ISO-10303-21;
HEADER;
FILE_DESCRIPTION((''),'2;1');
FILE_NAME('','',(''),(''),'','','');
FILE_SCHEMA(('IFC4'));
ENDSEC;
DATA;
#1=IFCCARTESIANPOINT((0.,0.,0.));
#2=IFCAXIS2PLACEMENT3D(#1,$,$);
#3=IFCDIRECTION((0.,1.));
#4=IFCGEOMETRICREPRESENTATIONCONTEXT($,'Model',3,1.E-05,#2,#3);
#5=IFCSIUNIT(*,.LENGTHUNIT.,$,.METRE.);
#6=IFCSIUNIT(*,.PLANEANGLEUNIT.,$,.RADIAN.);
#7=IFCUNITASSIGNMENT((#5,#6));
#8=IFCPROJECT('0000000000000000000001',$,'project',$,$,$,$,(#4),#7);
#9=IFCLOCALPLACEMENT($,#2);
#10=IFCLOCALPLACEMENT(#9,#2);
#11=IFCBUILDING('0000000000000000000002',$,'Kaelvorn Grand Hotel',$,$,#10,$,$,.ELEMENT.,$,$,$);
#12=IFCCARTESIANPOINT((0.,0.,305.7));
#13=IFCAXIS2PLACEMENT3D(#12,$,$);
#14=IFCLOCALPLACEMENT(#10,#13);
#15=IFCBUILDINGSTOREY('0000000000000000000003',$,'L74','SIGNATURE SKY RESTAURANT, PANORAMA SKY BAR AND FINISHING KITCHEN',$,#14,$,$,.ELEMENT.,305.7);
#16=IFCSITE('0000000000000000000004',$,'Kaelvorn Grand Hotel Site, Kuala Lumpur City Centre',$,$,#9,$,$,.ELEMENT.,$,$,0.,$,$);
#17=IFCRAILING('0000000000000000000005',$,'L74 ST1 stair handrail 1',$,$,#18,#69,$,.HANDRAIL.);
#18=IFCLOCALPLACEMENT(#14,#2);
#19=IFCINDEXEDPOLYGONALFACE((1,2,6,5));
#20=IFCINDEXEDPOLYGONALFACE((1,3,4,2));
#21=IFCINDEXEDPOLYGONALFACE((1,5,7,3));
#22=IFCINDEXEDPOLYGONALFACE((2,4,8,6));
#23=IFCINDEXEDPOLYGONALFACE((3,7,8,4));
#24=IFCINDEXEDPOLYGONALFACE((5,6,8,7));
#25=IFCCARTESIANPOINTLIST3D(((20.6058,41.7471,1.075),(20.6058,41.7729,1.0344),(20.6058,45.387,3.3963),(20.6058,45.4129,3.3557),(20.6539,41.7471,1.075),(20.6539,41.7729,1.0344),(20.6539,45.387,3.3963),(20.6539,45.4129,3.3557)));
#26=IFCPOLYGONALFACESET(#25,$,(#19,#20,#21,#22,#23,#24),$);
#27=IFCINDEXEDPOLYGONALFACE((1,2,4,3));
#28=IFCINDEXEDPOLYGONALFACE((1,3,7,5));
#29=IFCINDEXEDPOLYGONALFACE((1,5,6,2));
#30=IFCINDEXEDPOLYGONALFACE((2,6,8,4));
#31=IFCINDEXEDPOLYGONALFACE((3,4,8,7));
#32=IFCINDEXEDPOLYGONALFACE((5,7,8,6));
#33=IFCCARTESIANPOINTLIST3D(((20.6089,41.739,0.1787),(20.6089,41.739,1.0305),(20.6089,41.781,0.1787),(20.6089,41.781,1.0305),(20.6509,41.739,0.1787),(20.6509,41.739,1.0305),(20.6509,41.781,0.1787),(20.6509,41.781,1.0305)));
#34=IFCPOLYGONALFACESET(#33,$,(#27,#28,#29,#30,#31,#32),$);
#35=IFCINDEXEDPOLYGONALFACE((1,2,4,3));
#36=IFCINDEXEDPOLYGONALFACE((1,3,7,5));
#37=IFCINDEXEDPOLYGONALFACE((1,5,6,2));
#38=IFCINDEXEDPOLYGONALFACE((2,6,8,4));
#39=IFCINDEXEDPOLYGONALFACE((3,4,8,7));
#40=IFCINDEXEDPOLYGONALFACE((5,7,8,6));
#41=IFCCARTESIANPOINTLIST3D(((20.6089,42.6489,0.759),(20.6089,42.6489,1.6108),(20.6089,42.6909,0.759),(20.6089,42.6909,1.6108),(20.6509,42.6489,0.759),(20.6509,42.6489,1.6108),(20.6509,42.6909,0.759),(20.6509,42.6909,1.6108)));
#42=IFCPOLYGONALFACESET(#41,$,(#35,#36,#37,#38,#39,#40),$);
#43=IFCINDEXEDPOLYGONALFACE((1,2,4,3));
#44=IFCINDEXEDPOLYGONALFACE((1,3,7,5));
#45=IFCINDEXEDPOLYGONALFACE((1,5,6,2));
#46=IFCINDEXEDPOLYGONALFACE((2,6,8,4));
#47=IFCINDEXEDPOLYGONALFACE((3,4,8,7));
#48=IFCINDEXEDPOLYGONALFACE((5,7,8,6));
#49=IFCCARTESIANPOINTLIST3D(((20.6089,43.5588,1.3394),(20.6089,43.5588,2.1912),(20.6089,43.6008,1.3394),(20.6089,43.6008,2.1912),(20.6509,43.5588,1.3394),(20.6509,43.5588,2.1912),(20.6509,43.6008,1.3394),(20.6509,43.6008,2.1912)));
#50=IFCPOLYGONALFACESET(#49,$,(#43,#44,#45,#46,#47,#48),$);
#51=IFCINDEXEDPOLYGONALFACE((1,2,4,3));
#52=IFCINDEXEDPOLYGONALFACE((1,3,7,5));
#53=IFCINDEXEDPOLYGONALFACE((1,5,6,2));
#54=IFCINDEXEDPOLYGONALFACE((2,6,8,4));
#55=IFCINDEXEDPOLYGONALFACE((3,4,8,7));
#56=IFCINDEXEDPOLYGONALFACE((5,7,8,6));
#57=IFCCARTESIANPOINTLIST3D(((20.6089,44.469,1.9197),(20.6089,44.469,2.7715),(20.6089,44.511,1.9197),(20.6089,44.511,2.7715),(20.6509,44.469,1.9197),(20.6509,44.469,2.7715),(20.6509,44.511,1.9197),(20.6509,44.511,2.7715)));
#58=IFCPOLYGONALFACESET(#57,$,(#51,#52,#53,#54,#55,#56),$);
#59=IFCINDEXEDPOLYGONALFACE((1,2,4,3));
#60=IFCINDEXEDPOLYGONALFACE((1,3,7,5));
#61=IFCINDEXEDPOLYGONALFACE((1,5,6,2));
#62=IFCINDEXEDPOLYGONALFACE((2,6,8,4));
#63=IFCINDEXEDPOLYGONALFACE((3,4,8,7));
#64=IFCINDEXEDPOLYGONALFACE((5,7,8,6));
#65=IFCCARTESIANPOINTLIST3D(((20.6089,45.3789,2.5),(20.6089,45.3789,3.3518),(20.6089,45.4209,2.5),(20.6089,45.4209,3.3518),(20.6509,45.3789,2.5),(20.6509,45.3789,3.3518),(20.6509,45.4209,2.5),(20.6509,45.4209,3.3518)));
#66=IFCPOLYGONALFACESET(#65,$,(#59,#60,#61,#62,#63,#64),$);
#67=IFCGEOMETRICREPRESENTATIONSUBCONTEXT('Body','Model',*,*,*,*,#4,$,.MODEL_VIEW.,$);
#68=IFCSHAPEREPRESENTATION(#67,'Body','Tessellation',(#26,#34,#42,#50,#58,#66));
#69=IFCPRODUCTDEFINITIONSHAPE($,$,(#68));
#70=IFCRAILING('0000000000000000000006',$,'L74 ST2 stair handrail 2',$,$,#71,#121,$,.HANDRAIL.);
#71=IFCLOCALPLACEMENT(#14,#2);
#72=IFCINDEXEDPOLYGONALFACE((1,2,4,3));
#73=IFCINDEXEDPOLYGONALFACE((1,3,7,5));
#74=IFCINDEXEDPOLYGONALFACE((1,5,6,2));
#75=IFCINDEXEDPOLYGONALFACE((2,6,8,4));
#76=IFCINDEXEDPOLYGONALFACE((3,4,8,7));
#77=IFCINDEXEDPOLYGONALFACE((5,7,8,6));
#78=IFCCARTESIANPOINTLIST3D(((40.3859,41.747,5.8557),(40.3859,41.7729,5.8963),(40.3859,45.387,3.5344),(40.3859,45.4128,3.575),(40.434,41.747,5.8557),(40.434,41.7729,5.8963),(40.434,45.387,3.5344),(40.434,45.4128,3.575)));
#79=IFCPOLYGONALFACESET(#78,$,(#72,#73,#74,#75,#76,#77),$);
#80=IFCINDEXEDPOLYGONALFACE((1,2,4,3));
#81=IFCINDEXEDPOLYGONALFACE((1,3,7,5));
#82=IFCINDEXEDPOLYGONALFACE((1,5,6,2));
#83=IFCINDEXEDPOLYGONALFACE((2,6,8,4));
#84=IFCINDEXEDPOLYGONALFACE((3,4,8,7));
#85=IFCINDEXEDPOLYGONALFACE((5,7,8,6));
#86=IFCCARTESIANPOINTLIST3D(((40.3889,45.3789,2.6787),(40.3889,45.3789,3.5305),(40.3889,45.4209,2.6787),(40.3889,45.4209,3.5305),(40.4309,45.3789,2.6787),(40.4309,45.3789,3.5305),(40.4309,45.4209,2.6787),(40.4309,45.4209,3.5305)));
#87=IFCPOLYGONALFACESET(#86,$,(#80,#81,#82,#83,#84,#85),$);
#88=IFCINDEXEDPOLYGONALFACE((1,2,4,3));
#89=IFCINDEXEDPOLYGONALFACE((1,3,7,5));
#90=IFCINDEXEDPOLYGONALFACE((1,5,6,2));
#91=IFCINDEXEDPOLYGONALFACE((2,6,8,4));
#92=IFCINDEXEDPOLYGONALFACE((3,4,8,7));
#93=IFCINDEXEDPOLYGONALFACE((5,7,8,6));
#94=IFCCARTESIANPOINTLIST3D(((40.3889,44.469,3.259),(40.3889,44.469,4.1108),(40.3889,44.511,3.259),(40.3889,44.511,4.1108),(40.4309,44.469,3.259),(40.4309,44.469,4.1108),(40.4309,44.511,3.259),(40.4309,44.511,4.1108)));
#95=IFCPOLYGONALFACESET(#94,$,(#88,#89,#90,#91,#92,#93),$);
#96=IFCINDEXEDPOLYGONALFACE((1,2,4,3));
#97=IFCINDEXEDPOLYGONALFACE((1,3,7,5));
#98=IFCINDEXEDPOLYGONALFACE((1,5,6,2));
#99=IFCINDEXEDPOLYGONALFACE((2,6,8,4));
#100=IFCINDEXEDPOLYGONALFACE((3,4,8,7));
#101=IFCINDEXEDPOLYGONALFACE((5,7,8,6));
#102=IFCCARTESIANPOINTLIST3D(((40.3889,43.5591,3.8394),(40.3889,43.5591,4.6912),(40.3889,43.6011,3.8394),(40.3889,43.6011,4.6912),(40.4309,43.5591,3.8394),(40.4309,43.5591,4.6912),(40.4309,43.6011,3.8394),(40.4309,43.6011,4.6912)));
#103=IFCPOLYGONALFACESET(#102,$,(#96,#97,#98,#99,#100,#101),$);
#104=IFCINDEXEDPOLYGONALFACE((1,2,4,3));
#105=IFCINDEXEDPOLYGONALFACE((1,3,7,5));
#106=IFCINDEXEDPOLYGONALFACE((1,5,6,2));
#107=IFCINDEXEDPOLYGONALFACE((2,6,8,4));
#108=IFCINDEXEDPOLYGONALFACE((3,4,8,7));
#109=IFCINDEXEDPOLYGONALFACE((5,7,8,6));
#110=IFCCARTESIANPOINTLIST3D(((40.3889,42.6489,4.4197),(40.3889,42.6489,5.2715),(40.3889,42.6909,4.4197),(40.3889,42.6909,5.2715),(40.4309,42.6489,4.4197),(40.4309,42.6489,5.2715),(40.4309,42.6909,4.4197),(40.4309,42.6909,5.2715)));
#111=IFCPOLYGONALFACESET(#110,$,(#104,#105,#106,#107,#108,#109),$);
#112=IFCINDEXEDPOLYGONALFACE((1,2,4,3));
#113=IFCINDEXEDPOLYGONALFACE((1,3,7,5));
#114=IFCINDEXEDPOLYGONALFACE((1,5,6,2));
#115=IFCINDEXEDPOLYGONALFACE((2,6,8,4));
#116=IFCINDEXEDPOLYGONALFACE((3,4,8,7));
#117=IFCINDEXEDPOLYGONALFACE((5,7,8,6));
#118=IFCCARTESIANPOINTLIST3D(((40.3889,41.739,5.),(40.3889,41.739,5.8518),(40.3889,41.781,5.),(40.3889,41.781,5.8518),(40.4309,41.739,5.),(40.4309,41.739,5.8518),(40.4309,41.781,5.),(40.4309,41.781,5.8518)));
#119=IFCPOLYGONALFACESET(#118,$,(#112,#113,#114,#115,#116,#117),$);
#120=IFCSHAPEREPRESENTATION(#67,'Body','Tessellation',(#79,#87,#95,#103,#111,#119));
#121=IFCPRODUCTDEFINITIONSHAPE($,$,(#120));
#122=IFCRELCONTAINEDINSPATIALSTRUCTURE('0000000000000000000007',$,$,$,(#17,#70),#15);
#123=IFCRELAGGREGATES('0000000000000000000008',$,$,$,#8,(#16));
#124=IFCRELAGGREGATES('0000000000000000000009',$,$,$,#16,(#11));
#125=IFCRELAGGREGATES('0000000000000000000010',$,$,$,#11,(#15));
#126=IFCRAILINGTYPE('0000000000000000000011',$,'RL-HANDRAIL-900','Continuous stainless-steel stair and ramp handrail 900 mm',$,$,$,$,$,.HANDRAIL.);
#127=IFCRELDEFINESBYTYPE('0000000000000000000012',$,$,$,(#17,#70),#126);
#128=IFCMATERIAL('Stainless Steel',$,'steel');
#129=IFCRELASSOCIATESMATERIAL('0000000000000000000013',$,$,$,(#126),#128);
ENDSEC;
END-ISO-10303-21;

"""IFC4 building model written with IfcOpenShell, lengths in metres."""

from ifc_helpers import new_model, si_unit, direction, frame, origin, origin_2d, place, context, subcontext, project, spatial, rectangle, extrude, material, type_object, element, save


model = new_model("IFC4")

# Units and contexts
model_context = context("Model", 3, precision=1e-05, world=origin(), true_north=direction((0.0, 1.0)))
body_context = subcontext(model_context, "Body", "Model", "MODEL_VIEW")
ifc_project = project(units=[si_unit("LENGTHUNIT", "METRE"), si_unit("PLANEANGLEUNIT", "RADIAN")], contexts=[model_context])

# Site, building, storey
site_placement = place(None, origin())
site = spatial("IfcSite", under=ifc_project, at=site_placement, Name="Kaelvorn Grand Hotel Site, Kuala Lumpur City Centre", CompositionType="ELEMENT", RefElevation=0.0)
building_placement = place(site_placement, origin())
building = spatial("IfcBuilding", under=site, at=building_placement, Name="Kaelvorn Grand Hotel", CompositionType="ELEMENT")
storey_placement = place(building_placement, frame((0.0, 0.0, 305.7)))
storey = spatial("IfcBuildingStorey", under=building, at=storey_placement, Name="L74", Description="SIGNATURE SKY RESTAURANT, PANORAMA SKY BAR AND FINISHING KITCHEN", CompositionType="ELEMENT", Elevation=305.7)

# Railings
ifc_material_1 = material(Name="Stainless Steel", Category="steel")
railing_type = type_object("IfcRailingType", Name="RL-HANDRAIL-900", Description="Continuous stainless-steel stair and ramp handrail 900 mm", PredefinedType="HANDRAIL", material=ifc_material_1)
railing_1_placement = place(storey_placement, frame((20.6299, 41.76, 0.1787)))
element("IfcRailing", 1, at=railing_1_placement, inside=storey, type_object=railing_type, Name="L74 ST1 stair handrail 1", PredefinedType="HANDRAIL", context=body_context, shape_type="SweptSolid", body=[
    extrude(rectangle(XDim=0.0481, YDim=0.0481, at=origin_2d()), frame((0.0, 0.0, 0.876), z_axis=(0.0, 0.843137, 0.537699), x_axis=(-1.0, 0.0, 0.0)), (0.0, 0.0, 1.0), 4.3171),
    extrude(rectangle(XDim=0.042, YDim=0.042, at=origin_2d()), origin(), (0.0, 0.0, 1.0), 0.8518),
    extrude(rectangle(XDim=0.042, YDim=0.042, at=origin_2d()), frame((0.0, 0.9099, 0.5803)), (0.0, 0.0, 1.0), 0.8518),
    extrude(rectangle(XDim=0.042, YDim=0.042, at=origin_2d()), frame((0.0, 1.8198, 1.1606)), (0.0, 0.0, 1.0), 0.8518),
    extrude(rectangle(XDim=0.042, YDim=0.042, at=origin_2d()), frame((0.0, 2.73, 1.741)), (0.0, 0.0, 1.0), 0.8518),
    extrude(rectangle(XDim=0.042, YDim=0.042, at=origin_2d()), frame((0.0, 3.6399, 2.3213)), (0.0, 0.0, 1.0), 0.8518),
])
railing_2_placement = place(storey_placement, frame((40.4099, 45.3999, 2.6787)))
element("IfcRailing", 2, at=railing_2_placement, inside=storey, type_object=railing_type, Name="L74 ST2 stair handrail 2", PredefinedType="HANDRAIL", context=body_context, shape_type="SweptSolid", body=[
    extrude(rectangle(XDim=0.0481, YDim=0.0481, at=origin_2d()), frame((0.0, 0.0, 0.876), z_axis=(0.0, -0.843137, 0.537699), x_axis=(1.0, 0.0, 0.0)), (0.0, 0.0, 1.0), 4.3171),
    extrude(rectangle(XDim=0.042, YDim=0.042, at=origin_2d()), origin(), (0.0, 0.0, 1.0), 0.8518),
    extrude(rectangle(XDim=0.042, YDim=0.042, at=origin_2d()), frame((0.0, -0.9099, 0.5803)), (0.0, 0.0, 1.0), 0.8518),
    extrude(rectangle(XDim=0.042, YDim=0.042, at=origin_2d()), frame((0.0, -1.8198, 1.1606)), (0.0, 0.0, 1.0), 0.8518),
    extrude(rectangle(XDim=0.042, YDim=0.042, at=origin_2d()), frame((0.0, -2.73, 1.741)), (0.0, 0.0, 1.0), 0.8518),
    extrude(rectangle(XDim=0.042, YDim=0.042, at=origin_2d()), frame((0.0, -3.6399, 2.3213)), (0.0, 0.0, 1.0), 0.8518),
])

save(model, "model.ifc")
